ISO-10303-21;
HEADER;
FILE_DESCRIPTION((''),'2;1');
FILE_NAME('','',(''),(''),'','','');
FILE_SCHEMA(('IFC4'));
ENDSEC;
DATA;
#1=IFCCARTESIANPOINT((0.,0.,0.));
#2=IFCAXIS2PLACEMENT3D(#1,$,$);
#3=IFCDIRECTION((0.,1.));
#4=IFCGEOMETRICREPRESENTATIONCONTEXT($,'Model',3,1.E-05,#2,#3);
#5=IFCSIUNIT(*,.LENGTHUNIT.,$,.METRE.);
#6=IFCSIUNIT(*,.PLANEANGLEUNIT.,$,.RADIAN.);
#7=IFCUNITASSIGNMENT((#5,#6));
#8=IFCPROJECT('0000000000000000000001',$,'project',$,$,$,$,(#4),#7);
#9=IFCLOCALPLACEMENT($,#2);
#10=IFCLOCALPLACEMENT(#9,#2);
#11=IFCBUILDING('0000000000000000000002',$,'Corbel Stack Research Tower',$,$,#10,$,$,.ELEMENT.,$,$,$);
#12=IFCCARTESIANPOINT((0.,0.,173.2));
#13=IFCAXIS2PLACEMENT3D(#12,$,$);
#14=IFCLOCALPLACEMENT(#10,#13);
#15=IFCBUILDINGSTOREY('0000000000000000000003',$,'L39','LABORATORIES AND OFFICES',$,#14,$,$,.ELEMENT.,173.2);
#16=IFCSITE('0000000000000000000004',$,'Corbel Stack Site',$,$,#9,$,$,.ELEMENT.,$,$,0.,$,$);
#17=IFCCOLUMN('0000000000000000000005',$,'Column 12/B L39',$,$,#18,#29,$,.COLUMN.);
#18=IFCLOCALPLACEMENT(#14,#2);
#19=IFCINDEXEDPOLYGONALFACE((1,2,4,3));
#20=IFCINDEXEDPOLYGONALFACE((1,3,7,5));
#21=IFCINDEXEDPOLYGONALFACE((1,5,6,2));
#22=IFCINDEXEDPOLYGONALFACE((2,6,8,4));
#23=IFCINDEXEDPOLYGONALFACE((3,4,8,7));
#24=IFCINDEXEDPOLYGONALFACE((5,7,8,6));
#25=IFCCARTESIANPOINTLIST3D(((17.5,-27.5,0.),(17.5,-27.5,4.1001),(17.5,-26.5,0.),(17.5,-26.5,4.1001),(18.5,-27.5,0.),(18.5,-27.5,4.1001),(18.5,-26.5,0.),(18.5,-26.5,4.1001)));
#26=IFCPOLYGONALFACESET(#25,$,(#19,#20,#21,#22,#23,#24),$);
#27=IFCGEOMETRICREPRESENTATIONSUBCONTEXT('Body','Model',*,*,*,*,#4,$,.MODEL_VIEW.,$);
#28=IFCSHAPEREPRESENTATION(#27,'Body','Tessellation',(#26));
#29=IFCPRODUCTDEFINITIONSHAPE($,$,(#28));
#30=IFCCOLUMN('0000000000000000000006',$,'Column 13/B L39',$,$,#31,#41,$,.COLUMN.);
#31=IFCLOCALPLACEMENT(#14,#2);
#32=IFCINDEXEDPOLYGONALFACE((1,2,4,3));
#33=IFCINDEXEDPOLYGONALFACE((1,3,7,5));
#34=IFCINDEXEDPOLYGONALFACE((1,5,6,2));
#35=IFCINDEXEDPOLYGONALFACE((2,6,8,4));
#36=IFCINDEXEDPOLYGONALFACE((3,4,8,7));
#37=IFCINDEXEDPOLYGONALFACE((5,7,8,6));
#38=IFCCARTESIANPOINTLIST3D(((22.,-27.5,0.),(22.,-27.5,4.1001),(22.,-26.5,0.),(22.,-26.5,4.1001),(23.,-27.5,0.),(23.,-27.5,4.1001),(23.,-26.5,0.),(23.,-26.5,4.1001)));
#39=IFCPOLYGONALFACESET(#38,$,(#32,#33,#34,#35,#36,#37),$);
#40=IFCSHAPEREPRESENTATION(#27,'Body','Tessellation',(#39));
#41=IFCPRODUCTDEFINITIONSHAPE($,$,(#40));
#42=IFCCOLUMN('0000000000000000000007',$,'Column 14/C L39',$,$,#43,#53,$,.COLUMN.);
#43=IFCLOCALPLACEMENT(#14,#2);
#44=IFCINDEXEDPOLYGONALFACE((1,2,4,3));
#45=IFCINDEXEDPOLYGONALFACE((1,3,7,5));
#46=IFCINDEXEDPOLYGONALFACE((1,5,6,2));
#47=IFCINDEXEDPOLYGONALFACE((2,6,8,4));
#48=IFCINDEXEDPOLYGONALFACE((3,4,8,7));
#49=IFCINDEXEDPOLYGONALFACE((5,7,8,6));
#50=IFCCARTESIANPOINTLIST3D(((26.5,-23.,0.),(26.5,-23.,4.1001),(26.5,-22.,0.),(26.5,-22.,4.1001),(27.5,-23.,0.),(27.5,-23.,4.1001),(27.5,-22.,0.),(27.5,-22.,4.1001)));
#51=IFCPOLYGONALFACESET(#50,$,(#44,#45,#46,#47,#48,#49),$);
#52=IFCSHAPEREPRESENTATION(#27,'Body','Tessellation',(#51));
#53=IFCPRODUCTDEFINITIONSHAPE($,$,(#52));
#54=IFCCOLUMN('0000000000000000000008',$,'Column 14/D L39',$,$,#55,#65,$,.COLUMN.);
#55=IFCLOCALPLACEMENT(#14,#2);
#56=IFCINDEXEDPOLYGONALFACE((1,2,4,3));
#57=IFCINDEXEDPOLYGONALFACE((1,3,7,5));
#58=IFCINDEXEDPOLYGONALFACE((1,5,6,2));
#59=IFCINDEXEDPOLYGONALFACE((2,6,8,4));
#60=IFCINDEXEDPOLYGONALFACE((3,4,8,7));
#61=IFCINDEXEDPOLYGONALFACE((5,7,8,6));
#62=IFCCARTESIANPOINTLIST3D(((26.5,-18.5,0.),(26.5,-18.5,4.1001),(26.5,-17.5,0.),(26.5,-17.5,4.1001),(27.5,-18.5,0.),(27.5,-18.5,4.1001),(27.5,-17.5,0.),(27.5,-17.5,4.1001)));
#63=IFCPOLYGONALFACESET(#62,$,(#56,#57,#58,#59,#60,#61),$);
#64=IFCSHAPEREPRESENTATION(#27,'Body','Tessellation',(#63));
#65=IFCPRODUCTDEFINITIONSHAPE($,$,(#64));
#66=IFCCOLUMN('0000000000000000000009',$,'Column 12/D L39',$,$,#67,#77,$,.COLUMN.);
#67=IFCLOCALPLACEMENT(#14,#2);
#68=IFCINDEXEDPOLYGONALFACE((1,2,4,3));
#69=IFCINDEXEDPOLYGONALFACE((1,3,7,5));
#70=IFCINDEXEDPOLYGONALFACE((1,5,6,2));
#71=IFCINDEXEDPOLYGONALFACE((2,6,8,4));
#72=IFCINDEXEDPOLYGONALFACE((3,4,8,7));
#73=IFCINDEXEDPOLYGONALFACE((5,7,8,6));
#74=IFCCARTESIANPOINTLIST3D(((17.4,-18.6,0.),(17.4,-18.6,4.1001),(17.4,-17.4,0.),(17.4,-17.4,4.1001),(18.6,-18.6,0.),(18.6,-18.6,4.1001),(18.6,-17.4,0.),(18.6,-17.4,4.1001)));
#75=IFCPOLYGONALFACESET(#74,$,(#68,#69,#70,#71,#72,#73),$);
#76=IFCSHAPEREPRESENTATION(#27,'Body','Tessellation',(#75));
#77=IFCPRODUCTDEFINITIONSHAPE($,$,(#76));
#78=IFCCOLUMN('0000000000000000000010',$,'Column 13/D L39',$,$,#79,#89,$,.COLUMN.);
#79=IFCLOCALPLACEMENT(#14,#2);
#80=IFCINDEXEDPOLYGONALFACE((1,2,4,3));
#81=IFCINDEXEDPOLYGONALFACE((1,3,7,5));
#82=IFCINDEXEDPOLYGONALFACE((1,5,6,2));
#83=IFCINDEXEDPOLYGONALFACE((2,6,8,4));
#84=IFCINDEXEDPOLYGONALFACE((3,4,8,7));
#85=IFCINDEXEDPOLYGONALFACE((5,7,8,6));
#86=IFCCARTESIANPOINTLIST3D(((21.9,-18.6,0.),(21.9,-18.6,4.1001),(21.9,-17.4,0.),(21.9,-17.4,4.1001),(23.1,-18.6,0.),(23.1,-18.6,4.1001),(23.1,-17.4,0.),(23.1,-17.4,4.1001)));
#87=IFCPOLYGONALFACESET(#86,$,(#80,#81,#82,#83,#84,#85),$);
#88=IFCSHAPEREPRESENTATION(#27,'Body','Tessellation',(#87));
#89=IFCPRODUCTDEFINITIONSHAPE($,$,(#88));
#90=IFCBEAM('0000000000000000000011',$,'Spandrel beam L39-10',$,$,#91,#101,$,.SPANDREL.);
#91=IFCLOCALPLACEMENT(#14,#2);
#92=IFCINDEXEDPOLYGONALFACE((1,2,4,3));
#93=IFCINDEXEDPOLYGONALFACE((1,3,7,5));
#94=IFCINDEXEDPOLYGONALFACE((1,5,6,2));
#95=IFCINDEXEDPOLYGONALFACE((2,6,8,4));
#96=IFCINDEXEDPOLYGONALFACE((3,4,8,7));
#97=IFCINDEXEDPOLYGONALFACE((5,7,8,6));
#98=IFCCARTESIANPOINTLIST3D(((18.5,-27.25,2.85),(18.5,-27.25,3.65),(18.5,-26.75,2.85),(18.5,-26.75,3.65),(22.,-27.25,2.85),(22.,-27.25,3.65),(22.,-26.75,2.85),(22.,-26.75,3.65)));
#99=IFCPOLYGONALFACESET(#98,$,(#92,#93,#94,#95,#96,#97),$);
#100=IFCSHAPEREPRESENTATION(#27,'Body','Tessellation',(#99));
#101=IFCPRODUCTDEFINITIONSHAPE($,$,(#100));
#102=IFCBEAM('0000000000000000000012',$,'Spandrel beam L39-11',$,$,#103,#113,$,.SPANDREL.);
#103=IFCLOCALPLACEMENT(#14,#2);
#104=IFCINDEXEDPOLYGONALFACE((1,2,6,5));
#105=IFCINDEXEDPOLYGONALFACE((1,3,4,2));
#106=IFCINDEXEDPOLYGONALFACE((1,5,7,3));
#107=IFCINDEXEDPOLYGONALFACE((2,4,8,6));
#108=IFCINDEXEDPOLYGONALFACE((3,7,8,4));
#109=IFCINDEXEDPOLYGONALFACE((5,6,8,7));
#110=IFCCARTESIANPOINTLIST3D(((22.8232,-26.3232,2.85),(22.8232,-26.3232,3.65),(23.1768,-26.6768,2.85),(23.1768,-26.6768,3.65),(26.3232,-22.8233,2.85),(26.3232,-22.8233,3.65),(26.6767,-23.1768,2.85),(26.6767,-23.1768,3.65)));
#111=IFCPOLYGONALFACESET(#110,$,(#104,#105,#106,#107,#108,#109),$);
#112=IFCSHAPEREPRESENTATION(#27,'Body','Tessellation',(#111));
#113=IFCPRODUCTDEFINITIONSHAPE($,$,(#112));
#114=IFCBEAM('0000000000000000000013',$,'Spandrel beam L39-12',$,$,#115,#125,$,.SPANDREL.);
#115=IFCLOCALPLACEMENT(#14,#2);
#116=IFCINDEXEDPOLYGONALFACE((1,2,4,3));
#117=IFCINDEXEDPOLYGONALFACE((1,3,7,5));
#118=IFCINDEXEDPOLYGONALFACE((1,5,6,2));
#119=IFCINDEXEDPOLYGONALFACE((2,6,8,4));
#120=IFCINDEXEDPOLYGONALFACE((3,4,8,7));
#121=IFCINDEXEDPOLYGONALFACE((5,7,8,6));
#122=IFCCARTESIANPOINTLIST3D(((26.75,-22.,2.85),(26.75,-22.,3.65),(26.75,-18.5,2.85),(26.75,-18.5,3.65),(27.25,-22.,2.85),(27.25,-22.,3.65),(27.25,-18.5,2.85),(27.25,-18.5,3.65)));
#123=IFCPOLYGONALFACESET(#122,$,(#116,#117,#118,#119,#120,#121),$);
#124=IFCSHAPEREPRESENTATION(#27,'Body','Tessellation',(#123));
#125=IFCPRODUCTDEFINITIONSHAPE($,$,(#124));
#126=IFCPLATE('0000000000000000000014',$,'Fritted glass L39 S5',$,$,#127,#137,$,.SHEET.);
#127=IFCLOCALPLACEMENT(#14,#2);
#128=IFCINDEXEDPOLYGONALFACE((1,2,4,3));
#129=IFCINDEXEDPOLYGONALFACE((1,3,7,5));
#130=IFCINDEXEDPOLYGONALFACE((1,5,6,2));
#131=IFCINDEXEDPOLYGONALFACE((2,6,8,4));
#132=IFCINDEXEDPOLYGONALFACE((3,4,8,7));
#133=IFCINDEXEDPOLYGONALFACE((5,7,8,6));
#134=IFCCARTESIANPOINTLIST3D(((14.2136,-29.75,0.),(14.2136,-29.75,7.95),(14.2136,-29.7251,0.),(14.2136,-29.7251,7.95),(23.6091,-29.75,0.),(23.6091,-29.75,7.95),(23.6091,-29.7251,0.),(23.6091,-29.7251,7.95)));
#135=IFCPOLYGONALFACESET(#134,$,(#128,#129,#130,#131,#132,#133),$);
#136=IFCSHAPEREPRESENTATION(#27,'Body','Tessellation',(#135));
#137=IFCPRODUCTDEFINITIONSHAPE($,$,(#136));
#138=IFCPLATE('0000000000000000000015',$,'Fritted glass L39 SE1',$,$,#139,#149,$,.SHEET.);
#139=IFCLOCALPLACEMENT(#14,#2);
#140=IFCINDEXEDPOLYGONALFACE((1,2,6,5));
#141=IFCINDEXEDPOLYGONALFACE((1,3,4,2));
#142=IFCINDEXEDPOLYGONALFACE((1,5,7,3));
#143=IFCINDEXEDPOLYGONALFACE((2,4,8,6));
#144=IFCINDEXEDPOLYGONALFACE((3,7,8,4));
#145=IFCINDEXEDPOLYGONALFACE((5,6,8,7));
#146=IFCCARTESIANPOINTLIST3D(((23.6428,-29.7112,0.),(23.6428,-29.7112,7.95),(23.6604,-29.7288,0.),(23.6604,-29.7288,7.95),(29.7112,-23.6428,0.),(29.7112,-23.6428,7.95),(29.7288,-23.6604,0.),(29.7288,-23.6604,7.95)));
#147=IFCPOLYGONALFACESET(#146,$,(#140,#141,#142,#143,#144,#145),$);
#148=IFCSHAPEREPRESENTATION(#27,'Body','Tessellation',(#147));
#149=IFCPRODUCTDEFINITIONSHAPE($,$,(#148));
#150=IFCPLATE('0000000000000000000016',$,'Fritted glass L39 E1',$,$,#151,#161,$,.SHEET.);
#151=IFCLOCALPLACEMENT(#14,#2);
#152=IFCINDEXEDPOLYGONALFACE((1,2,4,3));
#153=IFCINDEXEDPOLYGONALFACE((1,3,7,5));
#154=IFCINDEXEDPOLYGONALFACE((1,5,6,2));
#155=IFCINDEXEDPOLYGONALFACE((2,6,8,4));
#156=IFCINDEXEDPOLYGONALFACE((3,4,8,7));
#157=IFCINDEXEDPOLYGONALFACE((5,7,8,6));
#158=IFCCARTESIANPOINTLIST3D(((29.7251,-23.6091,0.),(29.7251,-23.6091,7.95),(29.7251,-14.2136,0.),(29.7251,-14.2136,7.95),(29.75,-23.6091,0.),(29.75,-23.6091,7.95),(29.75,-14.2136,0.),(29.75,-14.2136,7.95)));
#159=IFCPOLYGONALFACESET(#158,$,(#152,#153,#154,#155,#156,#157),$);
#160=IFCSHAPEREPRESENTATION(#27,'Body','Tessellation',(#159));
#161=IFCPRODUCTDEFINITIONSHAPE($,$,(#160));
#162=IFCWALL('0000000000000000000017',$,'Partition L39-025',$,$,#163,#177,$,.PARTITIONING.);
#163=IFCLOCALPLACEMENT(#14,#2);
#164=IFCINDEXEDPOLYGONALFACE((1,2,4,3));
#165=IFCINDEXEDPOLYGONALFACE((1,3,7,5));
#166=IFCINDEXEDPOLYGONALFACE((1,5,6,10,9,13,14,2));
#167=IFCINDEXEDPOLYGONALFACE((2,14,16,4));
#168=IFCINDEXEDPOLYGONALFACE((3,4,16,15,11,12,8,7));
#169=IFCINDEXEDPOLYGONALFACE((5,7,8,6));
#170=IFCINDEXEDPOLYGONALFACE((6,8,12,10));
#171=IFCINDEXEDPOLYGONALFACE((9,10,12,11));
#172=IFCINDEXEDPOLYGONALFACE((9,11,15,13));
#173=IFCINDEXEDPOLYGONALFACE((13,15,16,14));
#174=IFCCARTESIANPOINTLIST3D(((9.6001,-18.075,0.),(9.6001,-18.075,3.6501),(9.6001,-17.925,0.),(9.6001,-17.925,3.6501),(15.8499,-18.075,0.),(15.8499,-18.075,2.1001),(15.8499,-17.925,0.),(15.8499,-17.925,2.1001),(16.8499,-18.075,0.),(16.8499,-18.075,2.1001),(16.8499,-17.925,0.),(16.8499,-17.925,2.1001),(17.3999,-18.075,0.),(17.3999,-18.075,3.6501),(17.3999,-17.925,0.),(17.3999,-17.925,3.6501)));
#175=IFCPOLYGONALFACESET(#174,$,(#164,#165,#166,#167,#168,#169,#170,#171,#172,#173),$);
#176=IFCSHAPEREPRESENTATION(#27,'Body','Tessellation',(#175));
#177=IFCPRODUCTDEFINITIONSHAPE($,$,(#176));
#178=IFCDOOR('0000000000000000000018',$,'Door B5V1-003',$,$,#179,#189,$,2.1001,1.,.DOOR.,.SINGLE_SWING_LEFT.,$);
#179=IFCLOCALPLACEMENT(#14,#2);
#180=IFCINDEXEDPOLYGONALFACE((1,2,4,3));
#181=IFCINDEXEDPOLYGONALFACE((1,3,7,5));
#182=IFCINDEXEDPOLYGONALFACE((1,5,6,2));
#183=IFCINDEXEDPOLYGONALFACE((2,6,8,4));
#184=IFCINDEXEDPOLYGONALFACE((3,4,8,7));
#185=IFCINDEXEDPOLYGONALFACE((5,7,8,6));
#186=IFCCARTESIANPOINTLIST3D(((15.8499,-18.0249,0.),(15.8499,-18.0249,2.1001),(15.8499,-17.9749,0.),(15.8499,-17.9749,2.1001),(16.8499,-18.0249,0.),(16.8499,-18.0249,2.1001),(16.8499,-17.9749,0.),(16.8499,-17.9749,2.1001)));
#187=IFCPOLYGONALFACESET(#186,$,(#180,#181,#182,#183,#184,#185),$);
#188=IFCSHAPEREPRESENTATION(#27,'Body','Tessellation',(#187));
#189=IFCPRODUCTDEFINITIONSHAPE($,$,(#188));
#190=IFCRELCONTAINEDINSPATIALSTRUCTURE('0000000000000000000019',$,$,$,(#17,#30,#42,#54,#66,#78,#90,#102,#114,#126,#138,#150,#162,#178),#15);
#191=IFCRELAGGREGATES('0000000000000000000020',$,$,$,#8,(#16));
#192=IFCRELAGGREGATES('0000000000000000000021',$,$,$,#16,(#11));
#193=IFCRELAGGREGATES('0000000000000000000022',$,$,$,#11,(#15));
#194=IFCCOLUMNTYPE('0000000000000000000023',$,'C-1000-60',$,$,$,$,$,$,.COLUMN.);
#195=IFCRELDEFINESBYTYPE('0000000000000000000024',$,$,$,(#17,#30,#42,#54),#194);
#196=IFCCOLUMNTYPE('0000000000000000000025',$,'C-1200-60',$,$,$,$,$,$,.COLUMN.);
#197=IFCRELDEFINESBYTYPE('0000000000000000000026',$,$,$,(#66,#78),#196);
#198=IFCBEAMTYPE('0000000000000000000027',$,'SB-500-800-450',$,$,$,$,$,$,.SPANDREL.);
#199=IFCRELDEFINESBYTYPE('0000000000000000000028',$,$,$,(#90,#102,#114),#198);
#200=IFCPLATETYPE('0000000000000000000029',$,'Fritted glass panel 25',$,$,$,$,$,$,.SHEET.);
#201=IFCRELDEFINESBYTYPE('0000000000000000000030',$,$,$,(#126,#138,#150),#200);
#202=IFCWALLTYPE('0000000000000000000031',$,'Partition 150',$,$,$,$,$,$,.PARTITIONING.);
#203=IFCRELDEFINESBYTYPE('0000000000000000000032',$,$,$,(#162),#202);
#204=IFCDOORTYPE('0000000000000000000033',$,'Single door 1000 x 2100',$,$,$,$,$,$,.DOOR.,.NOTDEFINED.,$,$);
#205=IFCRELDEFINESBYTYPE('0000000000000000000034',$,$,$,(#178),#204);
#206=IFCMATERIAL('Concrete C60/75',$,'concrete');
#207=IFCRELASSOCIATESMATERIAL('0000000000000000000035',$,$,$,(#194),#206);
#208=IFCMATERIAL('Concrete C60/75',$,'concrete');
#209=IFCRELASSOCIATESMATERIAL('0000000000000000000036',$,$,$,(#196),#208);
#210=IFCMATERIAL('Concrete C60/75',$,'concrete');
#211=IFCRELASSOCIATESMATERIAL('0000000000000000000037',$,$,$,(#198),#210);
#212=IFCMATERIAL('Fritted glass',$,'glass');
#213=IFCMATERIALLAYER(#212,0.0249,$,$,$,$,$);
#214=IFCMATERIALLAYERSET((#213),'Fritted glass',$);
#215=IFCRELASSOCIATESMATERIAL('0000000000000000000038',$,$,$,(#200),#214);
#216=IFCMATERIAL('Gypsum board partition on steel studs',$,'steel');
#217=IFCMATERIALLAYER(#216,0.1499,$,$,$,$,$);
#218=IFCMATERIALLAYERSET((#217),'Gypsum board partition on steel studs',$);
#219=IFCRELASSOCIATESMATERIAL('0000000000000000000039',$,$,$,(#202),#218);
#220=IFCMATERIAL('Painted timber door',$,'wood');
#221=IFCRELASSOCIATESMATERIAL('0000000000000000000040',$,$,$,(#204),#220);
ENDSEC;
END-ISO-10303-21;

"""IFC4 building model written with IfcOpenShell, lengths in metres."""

from ifc_helpers import new_model, si_unit, direction, frame, frame_2d, origin, origin_2d, place, context, subcontext, project, spatial, rectangle, extrude, material, layer, layer_set, material_profile, profile_set, type_object, element, fill, save


model = new_model("IFC4")

# Units and contexts
model_context = context("Model", 3, precision=1e-05, world=origin(), true_north=direction((0.0, 1.0)))
body_context = subcontext(model_context, "Body", "Model", "MODEL_VIEW")
ifc_project = project(units=[si_unit("LENGTHUNIT", "METRE"), si_unit("PLANEANGLEUNIT", "RADIAN")], contexts=[model_context])

# Site, building, storey
site_placement = place(None, origin())
site = spatial("IfcSite", under=ifc_project, at=site_placement, Name="Corbel Stack Site", CompositionType="ELEMENT", RefElevation=0.0)
building_placement = place(site_placement, origin())
building = spatial("IfcBuilding", under=site, at=building_placement, Name="Corbel Stack Research Tower", CompositionType="ELEMENT")
storey_placement = place(building_placement, frame((0.0, 0.0, 173.2)))
storey = spatial("IfcBuildingStorey", under=building, at=storey_placement, Name="L39", Description="LABORATORIES AND OFFICES", CompositionType="ELEMENT", Elevation=173.2)

# Columns
ifc_material_1 = material(Name="Concrete C60/75", Category="concrete")
ifc_material_profile_1 = material_profile(ifc_material_1, rectangle(XDim=1.0, YDim=1.0, at=origin_2d()), Name="RC 1000 x 1000")
ifc_profile_set_1 = profile_set([ifc_material_profile_1], Name="Concrete C60/75")
column_type_1 = type_object("IfcColumnType", Name="C-1000-60", PredefinedType="COLUMN", material=ifc_profile_set_1)
for number, where, z_axis, x_axis, name in (
    (1, (18.0, -27.0, 0.0), (0.0, 0.0, 1.0), (1.0, 0.0, 0.0), "Column 12/B L39"),
    (2, (22.5, -27.0, 0.0), (0.0, 0.0, 1.0), (1.0, 0.0, 0.0), "Column 13/B L39"),
    (3, (27.0, -22.5, 0.0), (0.0, 0.0, 1.0), (1.0, 0.0, 0.0), "Column 14/C L39"),
    (4, (27.0, -18.0, 0.0), (0.0, 0.0, 1.0), (1.0, 0.0, 0.0), "Column 14/D L39"),
):
    element("IfcColumn", number, at=place(storey_placement, frame(where, z_axis=z_axis, x_axis=x_axis)), inside=storey, type_object=column_type_1, Name=name, PredefinedType="COLUMN", context=body_context, shape_type="SweptSolid", body=[
        extrude(rectangle(XDim=1.0, YDim=1.0, at=origin_2d()), origin(), (0.0, 0.0, 1.0), 4.1001),
    ])
ifc_material_2 = material(Name="Concrete C60/75", Category="concrete")
ifc_material_profile_2 = material_profile(ifc_material_2, rectangle(XDim=1.2, YDim=1.2, at=origin_2d()), Name="RC 1200 x 1200")
ifc_profile_set_2 = profile_set([ifc_material_profile_2], Name="Concrete C60/75")
column_type_2 = type_object("IfcColumnType", Name="C-1200-60", PredefinedType="COLUMN", material=ifc_profile_set_2)
for number, where, z_axis, x_axis, name in (
    (5, (18.0, -18.0, 0.0), (0.0, 0.0, 1.0), (1.0, 0.0, 0.0), "Column 12/D L39"),
    (6, (22.5, -18.0, 0.0), (0.0, 0.0, 1.0), (1.0, 0.0, 0.0), "Column 13/D L39"),
):
    element("IfcColumn", number, at=place(storey_placement, frame(where, z_axis=z_axis, x_axis=x_axis)), inside=storey, type_object=column_type_2, Name=name, PredefinedType="COLUMN", context=body_context, shape_type="SweptSolid", body=[
        extrude(rectangle(XDim=1.2, YDim=1.2, at=origin_2d()), origin(), (0.0, 0.0, 1.0), 4.1001),
    ])

# Beams
ifc_material_3 = material(Name="Concrete C60/75", Category="concrete")
ifc_material_profile_3 = material_profile(ifc_material_3, rectangle(XDim=0.5, YDim=0.8, at=origin_2d()), Name="RC 500 x 800")
ifc_profile_set_3 = profile_set([ifc_material_profile_3], Name="Concrete C60/75")
beam_type = type_object("IfcBeamType", Name="SB-500-800-450", PredefinedType="SPANDREL", material=ifc_profile_set_3)
beam_1_placement = place(storey_placement, frame((18.5, -27.0, 3.25), z_axis=(1.0, 0.0, 0.0), x_axis=(0.0, 1.0, 0.0)))
element("IfcBeam", 7, at=beam_1_placement, inside=storey, type_object=beam_type, Name="Spandrel beam L39-10", PredefinedType="SPANDREL", context=body_context, shape_type="SweptSolid", body=[
    extrude(rectangle(XDim=0.5, YDim=0.8, at=origin_2d()), origin(), (0.0, 0.0, 1.0), 3.5),
])
beam_2_placement = place(storey_placement, frame((23.0, -26.5, 3.25), z_axis=(0.707107, 0.707107, 0.0), x_axis=(-0.707107, 0.707107, 0.0)))
element("IfcBeam", 8, at=beam_2_placement, inside=storey, type_object=beam_type, Name="Spandrel beam L39-11", PredefinedType="SPANDREL", context=body_context, shape_type="SweptSolid", body=[
    extrude(rectangle(XDim=0.5, YDim=0.8, at=origin_2d()), origin(), (0.0, 0.0, 1.0), 4.9497),
])
beam_3_placement = place(storey_placement, frame((27.0, -22.0, 3.25), z_axis=(0.0, 1.0, 0.0), x_axis=(-1.0, 0.0, 0.0)))
element("IfcBeam", 9, at=beam_3_placement, inside=storey, type_object=beam_type, Name="Spandrel beam L39-12", PredefinedType="SPANDREL", context=body_context, shape_type="SweptSolid", body=[
    extrude(rectangle(XDim=0.5, YDim=0.8, at=origin_2d()), origin(), (0.0, 0.0, 1.0), 3.5),
])

# Plates
ifc_material_4 = material(Name="Fritted glass", Category="glass")
ifc_layer_1 = layer(ifc_material_4, 0.0249)
ifc_layer_set_1 = layer_set([ifc_layer_1], Name="Fritted glass")
plate_type = type_object("IfcPlateType", Name="Fritted glass panel 25", PredefinedType="SHEET", material=ifc_layer_set_1)
plate_1_placement = place(storey_placement, frame((18.9114, -29.7375, 0.0), z_axis=(0.0, 0.0, 1.0), x_axis=(1.0, 0.0, 0.0)))
element("IfcPlate", 10, at=plate_1_placement, inside=storey, type_object=plate_type, Name="Fritted glass L39 S5", PredefinedType="SHEET", context=body_context, shape_type="SweptSolid", body=[
    extrude(rectangle(XDim=9.3955, YDim=0.0249, at=origin_2d()), origin(), (0.0, 0.0, 1.0), 7.95),
])
plate_2_placement = place(storey_placement, frame((26.6858, -26.6858, 0.0), z_axis=(0.0, 0.0, 1.0), x_axis=(0.707107, 0.707107, 0.0)))
element("IfcPlate", 11, at=plate_2_placement, inside=storey, type_object=plate_type, Name="Fritted glass L39 SE1", PredefinedType="SHEET", context=body_context, shape_type="SweptSolid", body=[
    extrude(rectangle(XDim=8.582, YDim=0.0249, at=origin_2d()), origin(), (0.0, 0.0, 1.0), 7.95),
])
plate_3_placement = place(storey_placement, frame((29.7375, -18.9114, 0.0), z_axis=(0.0, 0.0, 1.0), x_axis=(0.0, 1.0, 0.0)))
element("IfcPlate", 12, at=plate_3_placement, inside=storey, type_object=plate_type, Name="Fritted glass L39 E1", PredefinedType="SHEET", context=body_context, shape_type="SweptSolid", body=[
    extrude(rectangle(XDim=9.3955, YDim=0.0249, at=origin_2d()), origin(), (0.0, 0.0, 1.0), 7.95),
])

# Wall, opening, door
ifc_material_5 = material(Name="Gypsum board partition on steel studs", Category="steel")
ifc_layer_2 = layer(ifc_material_5, 0.1499)
ifc_layer_set_2 = layer_set([ifc_layer_2], Name="Gypsum board partition on steel studs")
wall_type_1 = type_object("IfcWallType", Name="Partition 150", PredefinedType="PARTITIONING", material=ifc_layer_set_2)
wall_1_placement = place(storey_placement, frame((17.3999, -18.0, 0.0), z_axis=(0.0, 0.0, 1.0), x_axis=(-1.0, 0.0, 0.0)))
wall_1 = element("IfcWall", 13, at=wall_1_placement, inside=storey, type_object=wall_type_1, Name="Partition L39-025", PredefinedType="PARTITIONING", context=body_context, shape_type="SweptSolid", body=[
    extrude(rectangle(XDim=7.7998, YDim=0.1499, at=frame_2d((3.8999, 0.0))), origin(), (0.0, 0.0, 1.0), 3.6501),
])
opening_1_placement = place(wall_1_placement, frame((0.55, 0.0, 0.0)))
opening_1 = element("IfcOpeningElement", 14, at=opening_1_placement, cuts=wall_1, PredefinedType="OPENING", context=body_context, shape_type="SweptSolid", body=[
    extrude(rectangle(XDim=1.0, YDim=2.1001, at=frame_2d((0.5, 1.05))), frame((0.0, 0.085, 0.0), z_axis=(0.0, -1.0, 0.0), x_axis=(1.0, 0.0, 0.0)), (0.0, 0.0, 1.0), 0.1699),
])
ifc_material_6 = material(Name="Painted timber door", Category="wood")
door_type_1 = type_object("IfcDoorType", Name="Single door 1000 x 2100", OperationType="NOTDEFINED", PredefinedType="DOOR", material=ifc_material_6)
door_1_placement = place(opening_1_placement, origin())
door_1 = element("IfcDoor", 15, at=door_1_placement, inside=storey, type_object=door_type_1, Name="Door B5V1-003", OperationType="SINGLE_SWING_LEFT", OverallHeight=2.1001, OverallWidth=1.0, PredefinedType="DOOR", context=body_context, shape_type="SweptSolid", body=[
    extrude(rectangle(XDim=1.0, YDim=2.1001, at=frame_2d((0.5, 1.05))), frame((0.0, 0.0249, 0.0), z_axis=(0.0, -1.0, 0.0), x_axis=(1.0, 0.0, 0.0)), (0.0, 0.0, 1.0), 0.05),
])
fill(opening_1, door_1)

save(model, "model.ifc")
